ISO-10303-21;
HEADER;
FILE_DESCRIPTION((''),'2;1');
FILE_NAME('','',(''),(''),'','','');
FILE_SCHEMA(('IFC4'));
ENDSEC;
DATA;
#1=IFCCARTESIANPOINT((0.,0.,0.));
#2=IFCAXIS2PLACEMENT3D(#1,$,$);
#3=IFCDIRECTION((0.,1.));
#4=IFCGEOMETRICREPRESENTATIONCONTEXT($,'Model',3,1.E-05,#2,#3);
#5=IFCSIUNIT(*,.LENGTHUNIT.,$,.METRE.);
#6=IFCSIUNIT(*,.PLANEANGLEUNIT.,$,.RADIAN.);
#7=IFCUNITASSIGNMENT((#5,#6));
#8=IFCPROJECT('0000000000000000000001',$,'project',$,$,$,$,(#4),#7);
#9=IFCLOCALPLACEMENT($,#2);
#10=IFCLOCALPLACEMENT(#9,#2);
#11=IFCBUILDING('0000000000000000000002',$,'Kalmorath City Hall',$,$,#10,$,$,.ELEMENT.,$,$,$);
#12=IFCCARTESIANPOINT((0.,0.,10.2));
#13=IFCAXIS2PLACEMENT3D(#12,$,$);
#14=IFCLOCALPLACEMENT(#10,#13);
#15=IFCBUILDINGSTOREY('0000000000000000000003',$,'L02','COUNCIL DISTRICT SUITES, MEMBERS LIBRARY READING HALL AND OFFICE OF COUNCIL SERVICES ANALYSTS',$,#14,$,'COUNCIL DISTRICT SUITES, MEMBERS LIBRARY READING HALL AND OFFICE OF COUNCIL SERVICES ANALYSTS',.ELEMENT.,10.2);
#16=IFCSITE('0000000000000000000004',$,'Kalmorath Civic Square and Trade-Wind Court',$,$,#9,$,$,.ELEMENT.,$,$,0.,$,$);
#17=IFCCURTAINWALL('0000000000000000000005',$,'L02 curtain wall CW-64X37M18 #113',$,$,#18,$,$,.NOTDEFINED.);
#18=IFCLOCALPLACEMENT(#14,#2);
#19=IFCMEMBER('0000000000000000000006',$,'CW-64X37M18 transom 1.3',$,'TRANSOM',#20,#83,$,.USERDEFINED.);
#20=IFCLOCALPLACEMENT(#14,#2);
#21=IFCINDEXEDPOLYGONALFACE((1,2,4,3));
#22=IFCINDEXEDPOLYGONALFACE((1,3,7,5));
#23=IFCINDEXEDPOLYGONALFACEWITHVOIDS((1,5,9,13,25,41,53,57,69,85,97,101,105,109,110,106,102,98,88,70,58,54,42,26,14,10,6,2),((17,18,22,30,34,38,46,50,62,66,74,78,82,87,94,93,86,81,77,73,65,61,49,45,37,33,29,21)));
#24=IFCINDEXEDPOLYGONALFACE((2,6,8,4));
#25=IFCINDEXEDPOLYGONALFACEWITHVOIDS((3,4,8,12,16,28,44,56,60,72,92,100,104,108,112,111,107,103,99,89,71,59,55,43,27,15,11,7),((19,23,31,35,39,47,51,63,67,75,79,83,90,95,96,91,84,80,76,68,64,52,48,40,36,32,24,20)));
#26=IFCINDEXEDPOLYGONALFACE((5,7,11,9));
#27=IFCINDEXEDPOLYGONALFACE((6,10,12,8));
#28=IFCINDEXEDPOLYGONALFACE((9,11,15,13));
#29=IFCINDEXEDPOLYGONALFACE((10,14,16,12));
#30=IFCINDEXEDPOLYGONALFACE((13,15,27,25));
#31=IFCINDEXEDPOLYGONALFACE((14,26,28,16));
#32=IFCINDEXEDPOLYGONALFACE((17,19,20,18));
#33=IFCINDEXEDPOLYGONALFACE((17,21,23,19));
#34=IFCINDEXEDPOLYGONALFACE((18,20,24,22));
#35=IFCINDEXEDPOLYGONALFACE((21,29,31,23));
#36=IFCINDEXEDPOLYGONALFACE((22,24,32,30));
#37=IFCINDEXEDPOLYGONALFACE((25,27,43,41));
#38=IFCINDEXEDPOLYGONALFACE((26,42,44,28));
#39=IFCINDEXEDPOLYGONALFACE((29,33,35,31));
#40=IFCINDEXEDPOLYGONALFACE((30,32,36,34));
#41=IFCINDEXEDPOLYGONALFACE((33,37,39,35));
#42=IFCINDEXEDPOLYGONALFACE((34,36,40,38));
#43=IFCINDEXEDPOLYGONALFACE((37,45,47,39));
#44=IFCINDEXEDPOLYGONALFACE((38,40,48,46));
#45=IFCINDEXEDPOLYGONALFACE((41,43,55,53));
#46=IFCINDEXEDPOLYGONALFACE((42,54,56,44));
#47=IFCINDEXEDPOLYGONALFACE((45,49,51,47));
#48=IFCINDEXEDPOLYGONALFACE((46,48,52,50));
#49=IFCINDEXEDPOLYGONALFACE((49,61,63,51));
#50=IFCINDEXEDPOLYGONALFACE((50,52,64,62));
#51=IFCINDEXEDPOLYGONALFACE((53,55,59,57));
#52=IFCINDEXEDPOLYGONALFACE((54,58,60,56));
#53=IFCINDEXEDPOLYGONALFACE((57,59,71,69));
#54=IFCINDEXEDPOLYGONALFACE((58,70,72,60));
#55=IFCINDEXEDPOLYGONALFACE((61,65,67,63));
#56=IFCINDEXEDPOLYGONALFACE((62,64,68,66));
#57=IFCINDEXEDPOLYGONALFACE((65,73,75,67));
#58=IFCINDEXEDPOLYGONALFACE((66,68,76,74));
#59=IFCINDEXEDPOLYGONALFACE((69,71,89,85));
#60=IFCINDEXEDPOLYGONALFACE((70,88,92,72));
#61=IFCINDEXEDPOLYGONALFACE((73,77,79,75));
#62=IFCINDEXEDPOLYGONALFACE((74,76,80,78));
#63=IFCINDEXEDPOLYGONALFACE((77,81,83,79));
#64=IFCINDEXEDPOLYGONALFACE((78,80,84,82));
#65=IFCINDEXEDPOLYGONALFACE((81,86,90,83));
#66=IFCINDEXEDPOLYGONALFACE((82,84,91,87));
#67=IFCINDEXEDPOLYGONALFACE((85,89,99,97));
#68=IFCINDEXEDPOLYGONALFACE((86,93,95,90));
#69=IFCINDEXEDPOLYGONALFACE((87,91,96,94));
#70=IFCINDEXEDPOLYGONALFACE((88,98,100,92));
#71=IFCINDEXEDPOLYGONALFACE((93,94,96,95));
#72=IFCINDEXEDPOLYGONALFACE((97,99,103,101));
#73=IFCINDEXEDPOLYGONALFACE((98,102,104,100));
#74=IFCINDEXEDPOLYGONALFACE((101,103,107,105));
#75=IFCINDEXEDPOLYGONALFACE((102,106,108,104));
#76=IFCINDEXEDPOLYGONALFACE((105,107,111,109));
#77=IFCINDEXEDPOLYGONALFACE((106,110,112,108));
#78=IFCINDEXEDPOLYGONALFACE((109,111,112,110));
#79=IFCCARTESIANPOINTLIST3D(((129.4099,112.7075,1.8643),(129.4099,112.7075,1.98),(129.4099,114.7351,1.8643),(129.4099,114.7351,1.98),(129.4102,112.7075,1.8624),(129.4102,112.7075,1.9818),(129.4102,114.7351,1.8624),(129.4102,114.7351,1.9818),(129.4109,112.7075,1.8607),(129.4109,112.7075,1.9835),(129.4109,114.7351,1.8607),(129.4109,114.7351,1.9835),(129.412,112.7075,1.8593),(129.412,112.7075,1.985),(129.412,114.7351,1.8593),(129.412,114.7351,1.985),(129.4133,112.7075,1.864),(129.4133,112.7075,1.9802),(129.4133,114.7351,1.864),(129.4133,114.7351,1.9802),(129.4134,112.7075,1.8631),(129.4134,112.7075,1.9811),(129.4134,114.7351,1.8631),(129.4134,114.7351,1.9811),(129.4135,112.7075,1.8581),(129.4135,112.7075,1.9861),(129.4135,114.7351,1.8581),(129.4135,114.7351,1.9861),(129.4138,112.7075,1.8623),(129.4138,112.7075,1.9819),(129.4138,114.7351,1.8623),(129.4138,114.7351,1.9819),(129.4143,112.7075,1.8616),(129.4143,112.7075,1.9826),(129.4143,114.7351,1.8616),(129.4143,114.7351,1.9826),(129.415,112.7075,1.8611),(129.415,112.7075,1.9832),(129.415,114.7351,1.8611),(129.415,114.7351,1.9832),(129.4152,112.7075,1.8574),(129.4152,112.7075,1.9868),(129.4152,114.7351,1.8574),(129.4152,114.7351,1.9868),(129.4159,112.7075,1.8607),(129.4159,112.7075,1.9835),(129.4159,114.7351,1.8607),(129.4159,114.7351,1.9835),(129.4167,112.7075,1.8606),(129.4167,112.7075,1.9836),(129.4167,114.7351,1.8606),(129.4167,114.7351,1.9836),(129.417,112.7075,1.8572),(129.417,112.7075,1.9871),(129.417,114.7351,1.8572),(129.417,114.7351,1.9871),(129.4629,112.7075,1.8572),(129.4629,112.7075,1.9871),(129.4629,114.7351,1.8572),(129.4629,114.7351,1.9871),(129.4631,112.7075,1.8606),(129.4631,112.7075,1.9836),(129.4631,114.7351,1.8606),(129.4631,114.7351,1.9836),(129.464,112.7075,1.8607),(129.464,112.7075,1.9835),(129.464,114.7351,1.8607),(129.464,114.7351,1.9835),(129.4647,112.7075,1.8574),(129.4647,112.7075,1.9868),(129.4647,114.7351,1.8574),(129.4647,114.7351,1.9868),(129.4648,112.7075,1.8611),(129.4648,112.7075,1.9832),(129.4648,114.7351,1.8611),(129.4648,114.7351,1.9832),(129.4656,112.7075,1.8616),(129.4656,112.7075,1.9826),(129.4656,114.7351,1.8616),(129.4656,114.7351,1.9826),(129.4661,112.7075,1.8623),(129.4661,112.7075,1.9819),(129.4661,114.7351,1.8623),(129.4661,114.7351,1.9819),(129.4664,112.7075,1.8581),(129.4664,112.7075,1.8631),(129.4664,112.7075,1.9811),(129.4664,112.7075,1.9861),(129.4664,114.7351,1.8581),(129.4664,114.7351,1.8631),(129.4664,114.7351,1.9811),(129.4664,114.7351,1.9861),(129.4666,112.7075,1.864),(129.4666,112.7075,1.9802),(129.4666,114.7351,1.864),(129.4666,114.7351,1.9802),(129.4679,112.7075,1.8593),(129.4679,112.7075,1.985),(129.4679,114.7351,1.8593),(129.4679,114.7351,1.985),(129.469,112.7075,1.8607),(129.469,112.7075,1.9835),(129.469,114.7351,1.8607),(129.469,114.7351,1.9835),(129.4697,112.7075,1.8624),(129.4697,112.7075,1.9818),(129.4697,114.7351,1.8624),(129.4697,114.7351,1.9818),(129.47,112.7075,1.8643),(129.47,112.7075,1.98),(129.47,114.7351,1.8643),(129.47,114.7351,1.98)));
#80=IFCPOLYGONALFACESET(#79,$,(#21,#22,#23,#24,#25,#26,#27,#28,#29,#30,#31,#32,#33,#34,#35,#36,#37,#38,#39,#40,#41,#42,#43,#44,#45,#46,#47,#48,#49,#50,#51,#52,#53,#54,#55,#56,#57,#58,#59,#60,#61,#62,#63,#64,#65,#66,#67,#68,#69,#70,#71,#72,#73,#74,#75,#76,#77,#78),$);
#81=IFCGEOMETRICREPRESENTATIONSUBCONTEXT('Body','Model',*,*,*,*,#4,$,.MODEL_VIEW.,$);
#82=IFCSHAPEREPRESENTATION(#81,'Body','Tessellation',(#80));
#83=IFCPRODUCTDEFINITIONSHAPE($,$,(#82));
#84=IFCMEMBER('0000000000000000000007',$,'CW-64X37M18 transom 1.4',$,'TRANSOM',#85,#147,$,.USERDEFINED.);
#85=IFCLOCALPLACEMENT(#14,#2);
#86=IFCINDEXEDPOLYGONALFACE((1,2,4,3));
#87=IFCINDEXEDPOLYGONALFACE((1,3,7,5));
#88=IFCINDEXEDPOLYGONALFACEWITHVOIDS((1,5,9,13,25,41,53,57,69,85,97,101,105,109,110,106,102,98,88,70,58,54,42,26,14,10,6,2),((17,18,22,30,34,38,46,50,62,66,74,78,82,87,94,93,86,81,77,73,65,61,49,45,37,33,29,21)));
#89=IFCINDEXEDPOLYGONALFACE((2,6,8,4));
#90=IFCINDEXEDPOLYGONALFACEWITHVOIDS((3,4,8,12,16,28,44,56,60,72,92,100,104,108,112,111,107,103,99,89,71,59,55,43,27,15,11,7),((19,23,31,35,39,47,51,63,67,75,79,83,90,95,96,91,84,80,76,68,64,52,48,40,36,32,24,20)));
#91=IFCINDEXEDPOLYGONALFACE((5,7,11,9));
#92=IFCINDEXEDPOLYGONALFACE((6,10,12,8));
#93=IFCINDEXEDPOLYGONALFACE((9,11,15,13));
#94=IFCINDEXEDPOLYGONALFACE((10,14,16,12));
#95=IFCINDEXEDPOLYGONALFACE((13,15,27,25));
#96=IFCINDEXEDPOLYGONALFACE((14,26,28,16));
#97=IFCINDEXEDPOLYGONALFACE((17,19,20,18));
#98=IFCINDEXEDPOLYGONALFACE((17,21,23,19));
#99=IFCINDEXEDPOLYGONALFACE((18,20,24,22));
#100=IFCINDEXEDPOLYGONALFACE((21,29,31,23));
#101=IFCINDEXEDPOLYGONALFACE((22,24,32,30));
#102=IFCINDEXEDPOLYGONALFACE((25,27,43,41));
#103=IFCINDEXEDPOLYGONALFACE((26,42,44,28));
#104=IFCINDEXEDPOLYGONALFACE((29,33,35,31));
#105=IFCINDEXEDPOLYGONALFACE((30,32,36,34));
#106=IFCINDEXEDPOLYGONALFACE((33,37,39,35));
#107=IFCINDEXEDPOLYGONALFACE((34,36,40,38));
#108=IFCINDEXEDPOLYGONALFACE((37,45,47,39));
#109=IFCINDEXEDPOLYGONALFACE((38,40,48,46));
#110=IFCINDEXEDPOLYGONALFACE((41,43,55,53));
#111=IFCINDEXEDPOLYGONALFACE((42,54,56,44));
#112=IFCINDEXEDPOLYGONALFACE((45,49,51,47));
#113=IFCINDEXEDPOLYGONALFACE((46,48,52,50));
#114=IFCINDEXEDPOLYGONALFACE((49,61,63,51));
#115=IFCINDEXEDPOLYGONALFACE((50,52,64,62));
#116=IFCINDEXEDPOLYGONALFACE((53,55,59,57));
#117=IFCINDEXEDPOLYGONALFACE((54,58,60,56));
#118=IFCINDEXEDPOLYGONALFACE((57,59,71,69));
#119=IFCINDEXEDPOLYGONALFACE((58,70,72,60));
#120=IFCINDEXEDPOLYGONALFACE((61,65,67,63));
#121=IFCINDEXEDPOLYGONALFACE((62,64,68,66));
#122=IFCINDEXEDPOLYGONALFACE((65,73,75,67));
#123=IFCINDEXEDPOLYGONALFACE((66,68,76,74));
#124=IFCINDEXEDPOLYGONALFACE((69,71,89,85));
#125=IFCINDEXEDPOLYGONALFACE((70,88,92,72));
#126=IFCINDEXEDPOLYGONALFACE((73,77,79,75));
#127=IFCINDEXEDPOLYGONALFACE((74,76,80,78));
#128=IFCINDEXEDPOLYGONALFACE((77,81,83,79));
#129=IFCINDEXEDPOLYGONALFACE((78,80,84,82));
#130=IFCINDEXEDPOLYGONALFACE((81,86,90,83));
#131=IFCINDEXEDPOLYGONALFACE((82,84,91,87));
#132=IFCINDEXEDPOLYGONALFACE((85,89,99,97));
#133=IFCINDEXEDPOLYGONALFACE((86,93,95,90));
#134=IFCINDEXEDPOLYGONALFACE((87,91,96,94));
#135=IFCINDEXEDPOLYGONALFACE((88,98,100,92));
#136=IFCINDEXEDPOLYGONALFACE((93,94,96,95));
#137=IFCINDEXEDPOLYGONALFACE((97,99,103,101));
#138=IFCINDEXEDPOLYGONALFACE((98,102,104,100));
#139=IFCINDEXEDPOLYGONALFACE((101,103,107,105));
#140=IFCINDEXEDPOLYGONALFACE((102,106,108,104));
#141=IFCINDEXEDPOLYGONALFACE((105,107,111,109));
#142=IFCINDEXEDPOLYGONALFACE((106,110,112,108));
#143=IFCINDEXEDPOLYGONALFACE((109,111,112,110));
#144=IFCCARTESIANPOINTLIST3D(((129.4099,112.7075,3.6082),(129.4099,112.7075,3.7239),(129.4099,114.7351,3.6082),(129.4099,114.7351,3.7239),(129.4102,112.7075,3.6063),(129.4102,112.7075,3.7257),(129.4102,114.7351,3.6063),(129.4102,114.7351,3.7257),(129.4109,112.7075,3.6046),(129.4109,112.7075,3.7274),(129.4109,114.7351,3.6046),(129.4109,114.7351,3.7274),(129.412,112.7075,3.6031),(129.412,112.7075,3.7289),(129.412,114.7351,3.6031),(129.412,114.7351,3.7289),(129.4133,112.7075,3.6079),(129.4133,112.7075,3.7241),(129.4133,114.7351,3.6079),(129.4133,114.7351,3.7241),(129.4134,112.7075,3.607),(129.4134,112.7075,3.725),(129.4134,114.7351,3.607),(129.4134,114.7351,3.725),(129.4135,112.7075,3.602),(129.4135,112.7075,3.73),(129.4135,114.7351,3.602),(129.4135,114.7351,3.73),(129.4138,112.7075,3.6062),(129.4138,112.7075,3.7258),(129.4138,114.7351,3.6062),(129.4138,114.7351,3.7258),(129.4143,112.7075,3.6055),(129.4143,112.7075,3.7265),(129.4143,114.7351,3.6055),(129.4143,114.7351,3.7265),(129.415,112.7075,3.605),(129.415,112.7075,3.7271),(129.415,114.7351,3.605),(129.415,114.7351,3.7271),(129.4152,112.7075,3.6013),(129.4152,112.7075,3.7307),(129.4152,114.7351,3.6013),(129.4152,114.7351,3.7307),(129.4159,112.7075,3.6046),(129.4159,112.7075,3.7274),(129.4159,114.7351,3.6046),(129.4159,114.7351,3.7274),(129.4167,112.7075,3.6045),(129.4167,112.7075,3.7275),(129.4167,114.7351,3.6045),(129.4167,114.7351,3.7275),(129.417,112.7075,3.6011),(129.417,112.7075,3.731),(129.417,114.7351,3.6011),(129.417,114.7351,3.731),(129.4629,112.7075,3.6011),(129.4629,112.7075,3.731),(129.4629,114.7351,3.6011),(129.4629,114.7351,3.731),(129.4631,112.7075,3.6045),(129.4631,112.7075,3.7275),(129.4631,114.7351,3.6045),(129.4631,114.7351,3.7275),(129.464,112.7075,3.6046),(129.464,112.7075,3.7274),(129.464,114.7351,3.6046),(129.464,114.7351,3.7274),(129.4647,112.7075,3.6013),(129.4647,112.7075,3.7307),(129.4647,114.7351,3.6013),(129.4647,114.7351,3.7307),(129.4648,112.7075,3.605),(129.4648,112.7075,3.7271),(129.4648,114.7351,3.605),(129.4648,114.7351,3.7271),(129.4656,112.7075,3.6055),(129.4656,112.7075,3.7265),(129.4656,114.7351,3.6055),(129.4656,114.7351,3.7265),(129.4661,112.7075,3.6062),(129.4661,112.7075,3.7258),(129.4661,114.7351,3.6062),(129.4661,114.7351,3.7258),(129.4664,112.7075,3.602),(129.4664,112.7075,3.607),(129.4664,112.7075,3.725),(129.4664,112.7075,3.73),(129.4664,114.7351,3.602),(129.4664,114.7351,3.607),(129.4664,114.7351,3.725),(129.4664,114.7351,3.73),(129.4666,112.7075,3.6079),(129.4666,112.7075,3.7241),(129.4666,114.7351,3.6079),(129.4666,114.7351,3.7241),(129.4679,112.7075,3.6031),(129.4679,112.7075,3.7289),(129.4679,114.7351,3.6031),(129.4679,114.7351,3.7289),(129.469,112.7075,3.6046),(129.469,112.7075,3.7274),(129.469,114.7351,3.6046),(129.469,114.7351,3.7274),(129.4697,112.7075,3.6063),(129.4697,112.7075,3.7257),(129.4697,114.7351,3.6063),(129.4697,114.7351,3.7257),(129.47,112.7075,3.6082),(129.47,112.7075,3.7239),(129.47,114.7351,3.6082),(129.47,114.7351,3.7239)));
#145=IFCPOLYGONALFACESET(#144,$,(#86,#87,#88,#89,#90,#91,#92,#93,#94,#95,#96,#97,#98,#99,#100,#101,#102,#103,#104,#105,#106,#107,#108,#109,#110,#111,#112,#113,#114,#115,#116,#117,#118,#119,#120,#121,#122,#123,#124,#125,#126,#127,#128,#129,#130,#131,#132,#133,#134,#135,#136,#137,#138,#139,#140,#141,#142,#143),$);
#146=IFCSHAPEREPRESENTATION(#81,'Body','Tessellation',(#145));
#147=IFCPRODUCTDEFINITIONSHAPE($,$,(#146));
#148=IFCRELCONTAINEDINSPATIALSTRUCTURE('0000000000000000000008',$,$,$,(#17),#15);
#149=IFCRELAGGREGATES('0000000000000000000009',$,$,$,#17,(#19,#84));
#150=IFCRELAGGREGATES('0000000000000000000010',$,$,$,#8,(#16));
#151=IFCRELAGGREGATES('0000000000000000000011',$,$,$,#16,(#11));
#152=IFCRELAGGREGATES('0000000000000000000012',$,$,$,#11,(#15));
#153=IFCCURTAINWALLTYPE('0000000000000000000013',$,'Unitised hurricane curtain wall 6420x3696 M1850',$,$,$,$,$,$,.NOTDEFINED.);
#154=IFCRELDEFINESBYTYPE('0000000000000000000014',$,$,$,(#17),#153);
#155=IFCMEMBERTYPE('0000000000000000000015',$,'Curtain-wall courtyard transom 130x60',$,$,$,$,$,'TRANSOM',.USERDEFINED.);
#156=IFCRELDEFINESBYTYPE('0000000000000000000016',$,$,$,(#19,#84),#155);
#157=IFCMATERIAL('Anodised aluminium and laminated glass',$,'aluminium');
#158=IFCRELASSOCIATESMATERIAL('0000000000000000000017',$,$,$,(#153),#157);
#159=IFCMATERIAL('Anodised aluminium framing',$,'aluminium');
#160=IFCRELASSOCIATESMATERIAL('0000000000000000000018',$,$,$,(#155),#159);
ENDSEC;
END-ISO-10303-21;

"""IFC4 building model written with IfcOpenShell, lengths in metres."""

from ifc_helpers import new_model, si_unit, direction, frame, origin, origin_2d, place, context, subcontext, project, spatial, hollow_rectangle, extrude, material, material_profile, profile_set, type_object, element, aggregate, save


model = new_model("IFC4")

# Units and contexts
model_context = context("Model", 3, precision=1e-05, world=origin(), true_north=direction((0.0, 1.0)))
body_context = subcontext(model_context, "Body", "Model", "MODEL_VIEW")
ifc_project = project(units=[si_unit("LENGTHUNIT", "METRE"), si_unit("PLANEANGLEUNIT", "RADIAN")], contexts=[model_context])

# Site, building, storey
site_placement = place(None, origin())
site = spatial("IfcSite", under=ifc_project, at=site_placement, Name="Kalmorath Civic Square and Trade-Wind Court", CompositionType="ELEMENT", RefElevation=0.0)
building_placement = place(site_placement, origin())
building = spatial("IfcBuilding", under=site, at=building_placement, Name="Kalmorath City Hall", CompositionType="ELEMENT")
storey_placement = place(building_placement, frame((0.0, 0.0, 10.2)))
storey = spatial("IfcBuildingStorey", under=building, at=storey_placement, Name="L02", Description="COUNCIL DISTRICT SUITES, MEMBERS LIBRARY READING HALL AND OFFICE OF COUNCIL SERVICES ANALYSTS", LongName="COUNCIL DISTRICT SUITES, MEMBERS LIBRARY READING HALL AND OFFICE OF COUNCIL SERVICES ANALYSTS", CompositionType="ELEMENT", Elevation=10.2)

# Curtain wall, members
ifc_material_1 = material(Name="Anodised aluminium and laminated glass", Category="aluminium")
curtain_wall_type = type_object("IfcCurtainWallType", Name="Unitised hurricane curtain wall 6420x3696 M1850", PredefinedType="NOTDEFINED", material=ifc_material_1)
curtain_wall_placement = place(storey_placement, origin())
curtain_wall = element("IfcCurtainWall", 1, at=curtain_wall_placement, inside=storey, type_object=curtain_wall_type, Name="L02 curtain wall CW-64X37M18 #113", PredefinedType="NOTDEFINED")
ifc_material_2 = material(Name="Anodised aluminium framing", Category="aluminium")
ifc_material_profile_1 = material_profile(ifc_material_2, hollow_rectangle(XDim=0.0601, YDim=0.1299, WallThickness=0.0034, InnerFilletRadius=0.0034, OuterFilletRadius=0.0071, at=origin_2d()), Name="ALU-TRN-130X60X3.5")
ifc_profile_set_1 = profile_set([ifc_material_profile_1], Name="Anodised aluminium framing")
member_type_1 = type_object("IfcMemberType", Name="Curtain-wall courtyard transom 130x60", ElementType="TRANSOM", PredefinedType="USERDEFINED", material=ifc_profile_set_1)
member_1_placement = place(storey_placement, frame((129.4399, 114.7351, 1.9221), z_axis=(0.0, -1.0, 0.0), x_axis=(1.0, 0.0, 0.0)))
member_1 = element("IfcMember", 2, at=member_1_placement, type_object=member_type_1, Name="CW-64X37M18 transom 1.3", ObjectType="TRANSOM", PredefinedType="USERDEFINED", context=body_context, shape_type="SweptSolid", body=[
    extrude(hollow_rectangle(XDim=0.0601, YDim=0.1299, WallThickness=0.0034, InnerFilletRadius=0.0034, OuterFilletRadius=0.0071, at=origin_2d()), origin(), (0.0, 0.0, 1.0), 2.0276),
])
member_2_placement = place(storey_placement, frame((129.4399, 114.7351, 3.666), z_axis=(0.0, -1.0, 0.0), x_axis=(1.0, 0.0, 0.0)))
member_2 = element("IfcMember", 3, at=member_2_placement, type_object=member_type_1, Name="CW-64X37M18 transom 1.4", ObjectType="TRANSOM", PredefinedType="USERDEFINED", context=body_context, shape_type="SweptSolid", body=[
    extrude(hollow_rectangle(XDim=0.0601, YDim=0.1299, WallThickness=0.0034, InnerFilletRadius=0.0034, OuterFilletRadius=0.0071, at=origin_2d()), origin(), (0.0, 0.0, 1.0), 2.0276),
])

aggregate(curtain_wall, [member_1, member_2])

save(model, "model.ifc")
